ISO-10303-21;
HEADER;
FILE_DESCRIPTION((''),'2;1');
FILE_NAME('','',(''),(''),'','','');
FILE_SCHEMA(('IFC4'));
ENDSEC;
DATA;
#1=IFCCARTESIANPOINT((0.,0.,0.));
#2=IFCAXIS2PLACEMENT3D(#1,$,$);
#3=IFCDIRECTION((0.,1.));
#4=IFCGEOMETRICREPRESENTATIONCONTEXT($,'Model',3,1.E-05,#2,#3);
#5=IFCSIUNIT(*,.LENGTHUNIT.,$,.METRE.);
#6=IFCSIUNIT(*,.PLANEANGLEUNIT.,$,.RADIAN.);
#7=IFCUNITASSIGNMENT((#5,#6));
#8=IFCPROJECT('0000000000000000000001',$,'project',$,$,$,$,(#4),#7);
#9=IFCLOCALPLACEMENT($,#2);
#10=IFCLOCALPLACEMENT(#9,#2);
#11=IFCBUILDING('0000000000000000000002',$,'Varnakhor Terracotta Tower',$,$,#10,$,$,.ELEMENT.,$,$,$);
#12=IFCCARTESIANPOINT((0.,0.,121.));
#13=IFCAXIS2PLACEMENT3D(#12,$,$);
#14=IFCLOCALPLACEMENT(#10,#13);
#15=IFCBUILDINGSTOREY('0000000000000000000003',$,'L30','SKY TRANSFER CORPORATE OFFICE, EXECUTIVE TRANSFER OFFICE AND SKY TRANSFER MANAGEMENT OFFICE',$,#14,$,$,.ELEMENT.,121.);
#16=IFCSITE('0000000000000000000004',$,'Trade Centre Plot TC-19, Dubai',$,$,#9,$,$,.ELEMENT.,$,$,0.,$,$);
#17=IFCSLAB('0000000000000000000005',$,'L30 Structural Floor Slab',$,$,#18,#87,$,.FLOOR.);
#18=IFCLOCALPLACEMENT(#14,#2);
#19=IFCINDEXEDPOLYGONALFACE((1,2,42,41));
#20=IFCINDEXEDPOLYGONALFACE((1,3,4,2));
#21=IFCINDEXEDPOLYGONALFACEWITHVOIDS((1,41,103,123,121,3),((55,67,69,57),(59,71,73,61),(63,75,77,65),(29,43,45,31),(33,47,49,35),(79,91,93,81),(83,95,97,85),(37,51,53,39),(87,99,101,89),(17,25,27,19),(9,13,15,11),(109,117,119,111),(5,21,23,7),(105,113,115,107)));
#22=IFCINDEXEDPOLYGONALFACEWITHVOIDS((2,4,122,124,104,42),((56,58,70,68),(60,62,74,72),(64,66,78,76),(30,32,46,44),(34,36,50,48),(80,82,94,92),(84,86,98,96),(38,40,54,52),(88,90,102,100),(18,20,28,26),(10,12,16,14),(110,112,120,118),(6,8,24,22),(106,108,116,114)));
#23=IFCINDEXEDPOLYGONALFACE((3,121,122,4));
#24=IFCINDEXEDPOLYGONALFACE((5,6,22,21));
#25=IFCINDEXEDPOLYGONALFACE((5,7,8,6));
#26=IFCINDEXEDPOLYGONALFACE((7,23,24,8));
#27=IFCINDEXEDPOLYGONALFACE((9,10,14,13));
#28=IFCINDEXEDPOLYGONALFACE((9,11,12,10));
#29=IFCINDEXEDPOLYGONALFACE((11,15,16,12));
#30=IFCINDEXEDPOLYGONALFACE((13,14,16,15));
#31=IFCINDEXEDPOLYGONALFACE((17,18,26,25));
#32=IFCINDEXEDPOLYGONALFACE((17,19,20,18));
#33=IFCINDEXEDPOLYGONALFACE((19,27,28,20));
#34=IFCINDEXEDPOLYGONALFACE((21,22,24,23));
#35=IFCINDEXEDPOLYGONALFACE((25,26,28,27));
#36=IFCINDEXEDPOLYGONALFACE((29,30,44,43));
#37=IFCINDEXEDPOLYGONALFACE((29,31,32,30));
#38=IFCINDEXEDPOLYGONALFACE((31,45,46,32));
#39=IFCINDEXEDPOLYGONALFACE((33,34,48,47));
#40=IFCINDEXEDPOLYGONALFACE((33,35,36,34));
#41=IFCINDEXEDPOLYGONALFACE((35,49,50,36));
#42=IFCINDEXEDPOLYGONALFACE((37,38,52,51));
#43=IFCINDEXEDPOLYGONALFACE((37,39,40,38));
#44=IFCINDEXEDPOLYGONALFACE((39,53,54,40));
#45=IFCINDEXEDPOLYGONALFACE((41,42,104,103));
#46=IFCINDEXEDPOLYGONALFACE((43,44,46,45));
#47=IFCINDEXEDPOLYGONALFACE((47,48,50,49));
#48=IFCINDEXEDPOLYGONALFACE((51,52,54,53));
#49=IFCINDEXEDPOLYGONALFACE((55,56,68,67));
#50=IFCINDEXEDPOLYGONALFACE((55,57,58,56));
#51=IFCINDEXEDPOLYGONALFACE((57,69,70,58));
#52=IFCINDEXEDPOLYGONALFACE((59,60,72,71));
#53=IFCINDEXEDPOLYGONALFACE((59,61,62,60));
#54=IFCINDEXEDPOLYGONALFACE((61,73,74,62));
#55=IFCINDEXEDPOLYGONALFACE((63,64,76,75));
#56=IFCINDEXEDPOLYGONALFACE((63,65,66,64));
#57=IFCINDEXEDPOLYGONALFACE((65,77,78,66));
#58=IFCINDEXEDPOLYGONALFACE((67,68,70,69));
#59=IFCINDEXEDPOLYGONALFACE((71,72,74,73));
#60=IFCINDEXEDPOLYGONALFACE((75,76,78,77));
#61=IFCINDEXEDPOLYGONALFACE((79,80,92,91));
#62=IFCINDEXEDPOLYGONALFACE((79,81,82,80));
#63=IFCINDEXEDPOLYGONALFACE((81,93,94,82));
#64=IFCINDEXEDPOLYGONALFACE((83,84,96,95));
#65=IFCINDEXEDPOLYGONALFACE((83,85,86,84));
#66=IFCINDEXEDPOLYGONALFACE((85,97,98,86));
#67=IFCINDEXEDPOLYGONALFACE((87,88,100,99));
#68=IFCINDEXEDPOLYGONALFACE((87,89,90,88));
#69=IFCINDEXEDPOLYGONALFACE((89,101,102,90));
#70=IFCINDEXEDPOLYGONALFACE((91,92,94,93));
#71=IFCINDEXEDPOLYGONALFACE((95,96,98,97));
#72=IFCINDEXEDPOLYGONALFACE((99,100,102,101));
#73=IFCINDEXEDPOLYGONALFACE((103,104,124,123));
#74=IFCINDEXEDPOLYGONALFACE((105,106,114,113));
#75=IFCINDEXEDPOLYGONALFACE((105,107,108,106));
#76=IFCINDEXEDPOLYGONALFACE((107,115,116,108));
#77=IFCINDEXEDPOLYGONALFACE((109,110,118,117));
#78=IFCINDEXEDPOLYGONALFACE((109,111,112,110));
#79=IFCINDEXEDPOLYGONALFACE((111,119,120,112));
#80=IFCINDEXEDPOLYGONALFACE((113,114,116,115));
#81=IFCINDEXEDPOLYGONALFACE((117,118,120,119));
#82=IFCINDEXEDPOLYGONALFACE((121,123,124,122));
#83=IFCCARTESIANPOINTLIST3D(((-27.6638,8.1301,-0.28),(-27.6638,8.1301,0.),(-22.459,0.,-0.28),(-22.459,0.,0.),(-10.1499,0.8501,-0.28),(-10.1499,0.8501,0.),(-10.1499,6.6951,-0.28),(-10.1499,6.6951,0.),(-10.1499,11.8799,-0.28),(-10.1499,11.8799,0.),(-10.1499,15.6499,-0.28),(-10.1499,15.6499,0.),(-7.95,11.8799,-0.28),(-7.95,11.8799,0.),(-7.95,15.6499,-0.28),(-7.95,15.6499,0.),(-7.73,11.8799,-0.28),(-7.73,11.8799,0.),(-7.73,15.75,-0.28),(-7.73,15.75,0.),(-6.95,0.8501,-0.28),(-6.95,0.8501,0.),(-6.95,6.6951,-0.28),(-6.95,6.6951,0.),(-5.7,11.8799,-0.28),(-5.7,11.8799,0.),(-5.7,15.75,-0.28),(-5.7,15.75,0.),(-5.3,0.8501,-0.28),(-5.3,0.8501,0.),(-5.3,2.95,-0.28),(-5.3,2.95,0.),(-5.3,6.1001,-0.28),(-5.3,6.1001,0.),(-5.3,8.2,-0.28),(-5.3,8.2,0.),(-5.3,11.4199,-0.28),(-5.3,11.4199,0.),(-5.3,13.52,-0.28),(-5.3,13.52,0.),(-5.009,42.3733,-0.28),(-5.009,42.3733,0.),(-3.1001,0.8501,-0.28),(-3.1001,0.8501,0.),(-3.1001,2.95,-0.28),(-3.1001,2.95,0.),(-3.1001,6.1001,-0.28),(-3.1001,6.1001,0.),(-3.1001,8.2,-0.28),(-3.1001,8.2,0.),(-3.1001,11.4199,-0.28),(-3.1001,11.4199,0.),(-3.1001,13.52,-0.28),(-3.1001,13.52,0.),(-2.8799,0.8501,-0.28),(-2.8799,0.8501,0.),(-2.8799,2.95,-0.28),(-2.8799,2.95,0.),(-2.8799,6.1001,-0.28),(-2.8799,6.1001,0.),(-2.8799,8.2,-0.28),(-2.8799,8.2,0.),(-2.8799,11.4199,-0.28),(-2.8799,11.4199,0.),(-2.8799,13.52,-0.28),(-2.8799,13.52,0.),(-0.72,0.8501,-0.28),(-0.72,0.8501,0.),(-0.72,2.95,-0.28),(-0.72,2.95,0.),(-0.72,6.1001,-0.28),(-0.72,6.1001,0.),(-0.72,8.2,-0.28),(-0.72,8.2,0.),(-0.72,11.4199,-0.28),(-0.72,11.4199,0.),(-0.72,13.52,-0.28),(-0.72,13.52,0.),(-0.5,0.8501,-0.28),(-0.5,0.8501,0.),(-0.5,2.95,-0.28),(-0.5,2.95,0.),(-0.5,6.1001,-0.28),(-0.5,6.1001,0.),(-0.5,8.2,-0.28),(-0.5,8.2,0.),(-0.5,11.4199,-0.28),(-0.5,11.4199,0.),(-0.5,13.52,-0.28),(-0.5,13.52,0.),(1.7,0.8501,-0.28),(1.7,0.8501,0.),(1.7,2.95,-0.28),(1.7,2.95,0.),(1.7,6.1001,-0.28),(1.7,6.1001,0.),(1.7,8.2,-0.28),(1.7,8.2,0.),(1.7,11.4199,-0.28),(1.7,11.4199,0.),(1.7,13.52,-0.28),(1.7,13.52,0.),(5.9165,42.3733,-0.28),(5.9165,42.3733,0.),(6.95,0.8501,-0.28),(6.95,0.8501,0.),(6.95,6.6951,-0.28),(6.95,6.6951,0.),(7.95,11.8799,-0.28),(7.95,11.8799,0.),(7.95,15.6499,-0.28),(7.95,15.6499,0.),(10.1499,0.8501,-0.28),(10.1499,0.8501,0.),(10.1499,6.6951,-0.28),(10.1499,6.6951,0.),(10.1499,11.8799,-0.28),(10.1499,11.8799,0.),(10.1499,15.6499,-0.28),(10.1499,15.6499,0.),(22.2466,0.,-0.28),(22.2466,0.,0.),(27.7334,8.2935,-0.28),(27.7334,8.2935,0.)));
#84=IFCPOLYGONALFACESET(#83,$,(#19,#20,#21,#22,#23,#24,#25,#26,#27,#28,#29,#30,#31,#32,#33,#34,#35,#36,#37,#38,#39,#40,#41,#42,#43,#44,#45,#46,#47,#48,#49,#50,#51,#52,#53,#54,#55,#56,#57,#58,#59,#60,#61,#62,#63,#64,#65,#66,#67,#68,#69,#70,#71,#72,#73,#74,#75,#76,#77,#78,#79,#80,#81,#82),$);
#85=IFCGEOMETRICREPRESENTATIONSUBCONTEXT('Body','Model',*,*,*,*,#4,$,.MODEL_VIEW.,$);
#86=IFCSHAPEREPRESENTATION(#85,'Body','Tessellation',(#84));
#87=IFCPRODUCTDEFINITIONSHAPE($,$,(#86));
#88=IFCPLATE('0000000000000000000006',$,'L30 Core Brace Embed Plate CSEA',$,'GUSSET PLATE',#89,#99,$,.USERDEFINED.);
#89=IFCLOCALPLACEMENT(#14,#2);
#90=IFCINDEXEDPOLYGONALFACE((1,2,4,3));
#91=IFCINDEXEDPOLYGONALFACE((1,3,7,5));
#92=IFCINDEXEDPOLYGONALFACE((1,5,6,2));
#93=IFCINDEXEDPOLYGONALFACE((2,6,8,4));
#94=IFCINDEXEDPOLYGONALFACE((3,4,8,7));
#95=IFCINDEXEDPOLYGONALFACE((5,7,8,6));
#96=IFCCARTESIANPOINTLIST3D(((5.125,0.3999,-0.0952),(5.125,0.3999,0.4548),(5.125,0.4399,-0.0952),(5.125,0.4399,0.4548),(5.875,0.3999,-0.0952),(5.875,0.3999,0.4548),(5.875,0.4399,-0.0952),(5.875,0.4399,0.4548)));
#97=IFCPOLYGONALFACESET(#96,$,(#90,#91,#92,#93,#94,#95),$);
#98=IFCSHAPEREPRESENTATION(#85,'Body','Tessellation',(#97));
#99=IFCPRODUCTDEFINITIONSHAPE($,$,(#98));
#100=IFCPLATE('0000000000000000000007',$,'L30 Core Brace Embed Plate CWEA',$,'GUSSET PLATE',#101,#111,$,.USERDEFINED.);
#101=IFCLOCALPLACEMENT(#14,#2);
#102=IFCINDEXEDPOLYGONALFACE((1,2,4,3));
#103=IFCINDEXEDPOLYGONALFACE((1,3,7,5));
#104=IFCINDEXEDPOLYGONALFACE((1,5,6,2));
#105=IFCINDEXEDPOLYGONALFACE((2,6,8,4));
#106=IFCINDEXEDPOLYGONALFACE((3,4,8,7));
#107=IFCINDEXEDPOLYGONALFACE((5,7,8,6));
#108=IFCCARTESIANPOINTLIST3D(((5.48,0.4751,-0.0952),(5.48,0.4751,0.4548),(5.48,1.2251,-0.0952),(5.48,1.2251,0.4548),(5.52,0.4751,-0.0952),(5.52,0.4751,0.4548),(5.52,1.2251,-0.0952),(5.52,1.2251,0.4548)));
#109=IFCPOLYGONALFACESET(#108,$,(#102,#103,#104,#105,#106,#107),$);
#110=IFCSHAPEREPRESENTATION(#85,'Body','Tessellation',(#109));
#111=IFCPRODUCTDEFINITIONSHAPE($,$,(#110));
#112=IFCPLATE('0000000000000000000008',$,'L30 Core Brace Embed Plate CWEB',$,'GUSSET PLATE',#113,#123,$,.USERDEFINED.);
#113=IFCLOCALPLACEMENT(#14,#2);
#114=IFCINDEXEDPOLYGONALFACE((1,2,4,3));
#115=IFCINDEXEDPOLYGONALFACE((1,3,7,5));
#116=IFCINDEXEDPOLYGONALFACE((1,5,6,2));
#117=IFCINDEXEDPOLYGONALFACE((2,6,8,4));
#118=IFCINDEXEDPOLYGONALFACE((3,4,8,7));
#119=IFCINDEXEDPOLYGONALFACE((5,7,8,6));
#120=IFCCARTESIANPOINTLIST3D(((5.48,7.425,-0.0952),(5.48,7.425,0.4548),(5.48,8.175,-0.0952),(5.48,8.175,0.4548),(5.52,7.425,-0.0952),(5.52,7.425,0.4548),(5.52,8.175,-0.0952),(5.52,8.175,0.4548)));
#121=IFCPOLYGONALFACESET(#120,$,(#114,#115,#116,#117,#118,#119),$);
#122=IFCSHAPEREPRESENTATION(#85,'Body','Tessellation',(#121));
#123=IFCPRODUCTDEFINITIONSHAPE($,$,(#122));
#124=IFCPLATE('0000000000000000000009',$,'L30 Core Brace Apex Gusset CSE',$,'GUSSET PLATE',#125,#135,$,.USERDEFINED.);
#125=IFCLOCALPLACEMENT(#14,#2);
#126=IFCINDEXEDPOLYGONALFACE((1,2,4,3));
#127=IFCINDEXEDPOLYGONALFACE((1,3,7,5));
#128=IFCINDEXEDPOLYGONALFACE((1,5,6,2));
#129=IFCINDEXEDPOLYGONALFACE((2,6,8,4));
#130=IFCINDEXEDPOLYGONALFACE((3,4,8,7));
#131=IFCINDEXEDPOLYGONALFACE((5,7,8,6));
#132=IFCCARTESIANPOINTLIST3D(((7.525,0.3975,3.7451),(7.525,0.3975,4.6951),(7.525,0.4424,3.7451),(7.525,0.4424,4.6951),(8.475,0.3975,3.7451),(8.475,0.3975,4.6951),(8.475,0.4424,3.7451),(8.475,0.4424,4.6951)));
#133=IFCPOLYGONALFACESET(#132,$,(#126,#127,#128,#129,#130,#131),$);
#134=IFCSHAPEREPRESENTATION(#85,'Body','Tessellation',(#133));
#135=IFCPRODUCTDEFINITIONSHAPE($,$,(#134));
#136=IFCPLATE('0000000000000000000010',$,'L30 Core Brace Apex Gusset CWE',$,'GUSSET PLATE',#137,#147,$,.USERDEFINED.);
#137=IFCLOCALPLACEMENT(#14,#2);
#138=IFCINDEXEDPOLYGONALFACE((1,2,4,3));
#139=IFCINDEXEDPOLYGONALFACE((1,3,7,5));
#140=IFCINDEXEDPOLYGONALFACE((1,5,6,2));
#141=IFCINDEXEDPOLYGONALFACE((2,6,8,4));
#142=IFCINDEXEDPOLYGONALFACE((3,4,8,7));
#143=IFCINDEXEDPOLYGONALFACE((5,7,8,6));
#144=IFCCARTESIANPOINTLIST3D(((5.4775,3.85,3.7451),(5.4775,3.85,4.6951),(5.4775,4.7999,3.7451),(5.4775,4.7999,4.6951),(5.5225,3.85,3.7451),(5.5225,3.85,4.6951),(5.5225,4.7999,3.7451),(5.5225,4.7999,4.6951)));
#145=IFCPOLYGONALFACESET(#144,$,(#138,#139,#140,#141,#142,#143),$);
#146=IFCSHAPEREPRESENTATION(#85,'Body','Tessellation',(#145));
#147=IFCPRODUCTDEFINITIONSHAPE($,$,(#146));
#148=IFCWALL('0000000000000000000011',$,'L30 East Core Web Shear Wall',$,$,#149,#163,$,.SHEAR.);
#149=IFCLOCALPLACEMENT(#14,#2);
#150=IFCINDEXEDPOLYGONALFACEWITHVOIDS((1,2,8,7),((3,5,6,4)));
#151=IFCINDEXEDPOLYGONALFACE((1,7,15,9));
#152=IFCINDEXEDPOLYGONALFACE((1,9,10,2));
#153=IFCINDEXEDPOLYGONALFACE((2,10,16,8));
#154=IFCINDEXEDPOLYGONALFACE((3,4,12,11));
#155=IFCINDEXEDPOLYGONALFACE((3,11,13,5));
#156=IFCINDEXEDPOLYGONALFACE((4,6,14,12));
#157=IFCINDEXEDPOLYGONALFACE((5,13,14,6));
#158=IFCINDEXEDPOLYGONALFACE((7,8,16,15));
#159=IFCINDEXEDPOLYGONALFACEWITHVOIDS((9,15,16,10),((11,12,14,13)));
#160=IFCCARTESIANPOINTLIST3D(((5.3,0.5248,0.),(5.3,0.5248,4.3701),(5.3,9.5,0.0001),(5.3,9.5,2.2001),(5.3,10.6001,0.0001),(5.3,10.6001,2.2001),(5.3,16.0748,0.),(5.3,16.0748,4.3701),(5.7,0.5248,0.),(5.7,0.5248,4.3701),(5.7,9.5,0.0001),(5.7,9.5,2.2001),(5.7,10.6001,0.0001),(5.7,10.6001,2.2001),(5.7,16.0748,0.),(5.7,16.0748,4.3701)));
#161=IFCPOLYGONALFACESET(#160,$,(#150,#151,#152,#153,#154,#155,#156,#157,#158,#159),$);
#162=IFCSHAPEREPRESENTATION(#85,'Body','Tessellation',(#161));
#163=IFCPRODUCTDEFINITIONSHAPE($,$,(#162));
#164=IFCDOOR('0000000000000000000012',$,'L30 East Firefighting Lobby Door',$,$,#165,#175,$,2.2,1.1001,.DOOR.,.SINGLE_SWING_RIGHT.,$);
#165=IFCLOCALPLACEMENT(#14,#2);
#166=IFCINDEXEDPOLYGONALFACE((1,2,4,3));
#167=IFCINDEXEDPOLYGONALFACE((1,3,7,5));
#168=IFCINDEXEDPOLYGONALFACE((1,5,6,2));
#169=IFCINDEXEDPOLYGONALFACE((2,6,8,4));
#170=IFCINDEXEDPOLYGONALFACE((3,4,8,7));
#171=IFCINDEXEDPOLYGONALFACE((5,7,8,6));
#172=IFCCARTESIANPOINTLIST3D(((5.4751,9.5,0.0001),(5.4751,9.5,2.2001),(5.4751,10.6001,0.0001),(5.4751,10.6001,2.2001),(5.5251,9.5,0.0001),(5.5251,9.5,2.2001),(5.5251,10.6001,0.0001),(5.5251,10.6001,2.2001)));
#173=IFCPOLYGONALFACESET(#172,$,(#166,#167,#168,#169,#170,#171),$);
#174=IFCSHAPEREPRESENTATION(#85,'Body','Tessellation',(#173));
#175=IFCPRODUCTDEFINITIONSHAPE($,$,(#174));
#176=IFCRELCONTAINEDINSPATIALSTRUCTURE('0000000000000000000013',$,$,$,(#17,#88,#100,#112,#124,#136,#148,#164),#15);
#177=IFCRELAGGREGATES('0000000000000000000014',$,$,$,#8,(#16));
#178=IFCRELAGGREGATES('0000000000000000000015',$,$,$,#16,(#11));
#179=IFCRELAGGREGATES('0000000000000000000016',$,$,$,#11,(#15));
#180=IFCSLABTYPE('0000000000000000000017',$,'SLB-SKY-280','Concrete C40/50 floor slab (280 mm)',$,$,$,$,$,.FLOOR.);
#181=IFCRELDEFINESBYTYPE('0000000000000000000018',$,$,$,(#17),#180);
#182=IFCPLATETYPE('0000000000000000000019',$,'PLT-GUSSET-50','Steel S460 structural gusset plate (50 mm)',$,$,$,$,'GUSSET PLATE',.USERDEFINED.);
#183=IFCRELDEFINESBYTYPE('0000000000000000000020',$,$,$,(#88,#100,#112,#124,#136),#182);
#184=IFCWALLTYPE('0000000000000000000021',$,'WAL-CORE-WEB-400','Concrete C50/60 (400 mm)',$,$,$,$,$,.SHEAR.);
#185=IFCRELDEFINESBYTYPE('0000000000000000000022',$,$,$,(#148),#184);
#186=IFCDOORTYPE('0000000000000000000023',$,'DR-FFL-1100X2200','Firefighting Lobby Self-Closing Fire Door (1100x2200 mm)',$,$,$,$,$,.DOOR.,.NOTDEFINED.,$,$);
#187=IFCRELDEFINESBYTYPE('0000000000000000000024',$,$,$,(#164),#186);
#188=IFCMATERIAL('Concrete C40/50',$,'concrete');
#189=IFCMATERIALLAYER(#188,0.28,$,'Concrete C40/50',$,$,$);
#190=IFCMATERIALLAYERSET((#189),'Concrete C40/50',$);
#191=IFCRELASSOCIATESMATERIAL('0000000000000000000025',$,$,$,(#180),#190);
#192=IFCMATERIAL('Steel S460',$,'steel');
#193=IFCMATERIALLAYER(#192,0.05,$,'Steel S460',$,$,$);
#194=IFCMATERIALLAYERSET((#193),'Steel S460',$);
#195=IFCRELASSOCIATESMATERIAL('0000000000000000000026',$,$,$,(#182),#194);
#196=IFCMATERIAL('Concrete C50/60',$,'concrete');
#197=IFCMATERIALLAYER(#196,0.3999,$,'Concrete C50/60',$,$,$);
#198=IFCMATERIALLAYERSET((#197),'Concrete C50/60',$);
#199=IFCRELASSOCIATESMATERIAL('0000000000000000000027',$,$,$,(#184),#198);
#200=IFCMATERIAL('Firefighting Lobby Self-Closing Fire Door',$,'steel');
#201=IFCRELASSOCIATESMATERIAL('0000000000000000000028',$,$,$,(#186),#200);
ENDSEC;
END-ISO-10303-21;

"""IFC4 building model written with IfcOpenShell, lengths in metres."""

from ifc_helpers import new_model, si_unit, direction, frame, frame_2d, origin, origin_2d, place, context, subcontext, project, spatial, polyline, rectangle, outline, extrude, source, transform, mapped, material, layer, layer_set, type_object, type_shapes, element, fill, save


model = new_model("IFC4")

# Units and contexts
model_context = context("Model", 3, precision=1e-05, world=origin(), true_north=direction((0.0, 1.0)))
body_context = subcontext(model_context, "Body", "Model", "MODEL_VIEW")
ifc_project = project(units=[si_unit("LENGTHUNIT", "METRE"), si_unit("PLANEANGLEUNIT", "RADIAN")], contexts=[model_context])

# Site, building, storey
site_placement = place(None, origin())
site = spatial("IfcSite", under=ifc_project, at=site_placement, Name="Trade Centre Plot TC-19, Dubai", CompositionType="ELEMENT", RefElevation=0.0)
building_placement = place(site_placement, origin())
building = spatial("IfcBuilding", under=site, at=building_placement, Name="Varnakhor Terracotta Tower", CompositionType="ELEMENT")
storey_placement = place(building_placement, frame((0.0, 0.0, 121.0)))
storey = spatial("IfcBuildingStorey", under=building, at=storey_placement, Name="L30", Description="SKY TRANSFER CORPORATE OFFICE, EXECUTIVE TRANSFER OFFICE AND SKY TRANSFER MANAGEMENT OFFICE", CompositionType="ELEMENT", Elevation=121.0)

# Shared definitions
ifc_material_1 = material(Name="Concrete C50/60", Category="concrete")

# Shared definitions
ifc_material_2 = material(Name="Steel S460", Category="steel")

# Shared definitions
ifc_material_3 = material(Name="Concrete C40/50", Category="concrete")

# Slab
ifc_layer_1 = layer(ifc_material_3, 0.28, Name="Concrete C40/50")
ifc_layer_set_1 = layer_set([ifc_layer_1], Name="Concrete C40/50")
slab_type_1 = type_object("IfcSlabType", Name="SLB-SKY-280", Description="Concrete C40/50 floor slab (280 mm)", PredefinedType="FLOOR", material=ifc_layer_set_1)
slab_1_placement = place(storey_placement, frame((0.0, 0.0, -0.28)))
element("IfcSlab", 1, at=slab_1_placement, inside=storey, type_object=slab_type_1, Name="L30 Structural Floor Slab", PredefinedType="FLOOR", context=body_context, shape_type="SweptSolid", body=[
    extrude(outline(polyline([(-27.6638, 8.1301), (-5.009, 42.3733), (5.9165, 42.3733), (27.7334, 8.2935), (22.2466, 0.0), (-22.459, 0.0), (-27.6638, 8.1301)]), holes=[polyline([(-3.1001, 0.8501), (-3.1001, 2.95), (-5.3, 2.95), (-5.3, 0.8501), (-3.1001, 0.8501)]), polyline([(-2.8799, 0.8501), (-0.72, 0.8501), (-0.72, 2.95), (-2.8799, 2.95), (-2.8799, 0.8501)]), polyline([(-10.1499, 0.8501), (-6.95, 0.8501), (-6.95, 6.6951), (-10.1499, 6.6951), (-10.1499, 0.8501)]), polyline([(-5.3, 6.1001), (-3.1001, 6.1001), (-3.1001, 8.2), (-5.3, 8.2), (-5.3, 6.1001)]), polyline([(-5.3, 11.4199), (-3.1001, 11.4199), (-3.1001, 13.52), (-5.3, 13.52), (-5.3, 11.4199)]), polyline([(-10.1499, 11.8799), (-7.95, 11.8799), (-7.95, 15.6499), (-10.1499, 15.6499), (-10.1499, 11.8799)]), polyline([(-7.73, 11.8799), (-5.7, 11.8799), (-5.7, 15.75), (-7.73, 15.75), (-7.73, 11.8799)]), polyline([(1.7, 0.8501), (1.7, 2.95), (-0.5, 2.95), (-0.5, 0.8501), (1.7, 0.8501)]), polyline([(6.95, 0.8501), (10.1499, 0.8501), (10.1499, 6.6951), (6.95, 6.6951), (6.95, 0.8501)]), polyline([(-2.8799, 6.1001), (-0.72, 6.1001), (-0.72, 8.2), (-2.8799, 8.2), (-2.8799, 6.1001)]), polyline([(-0.5, 6.1001), (1.7, 6.1001), (1.7, 8.2), (-0.5, 8.2), (-0.5, 6.1001)]), polyline([(-2.8799, 11.4199), (-0.72, 11.4199), (-0.72, 13.52), (-2.8799, 13.52), (-2.8799, 11.4199)]), polyline([(-0.5, 11.4199), (1.7, 11.4199), (1.7, 13.52), (-0.5, 13.52), (-0.5, 11.4199)]), polyline([(7.95, 11.8799), (10.1499, 11.8799), (10.1499, 15.6499), (7.95, 15.6499), (7.95, 11.8799)])]), origin(), (0.0, 0.0, 1.0), 0.28),
])

# Plates
ifc_layer_2 = layer(ifc_material_2, 0.05, Name="Steel S460")
ifc_layer_set_2 = layer_set([ifc_layer_2], Name="Steel S460")
plate_type = type_object("IfcPlateType", Name="PLT-GUSSET-50", Description="Steel S460 structural gusset plate (50 mm)", ElementType="GUSSET PLATE", PredefinedType="USERDEFINED", material=ifc_layer_set_2)
shared_shape_1 = source(origin(), body_context, "Body", "SweptSolid", [
    extrude(rectangle(XDim=0.75, YDim=0.04, at=origin_2d()), origin(), (0.0, 0.0, 1.0), 0.55),
])
type_shapes(plate_type, [shared_shape_1])
for number, where, z_axis, x_axis, name in (
    (2, (5.5, 0.4199, -0.0952), (0.0, 0.0, 1.0), (1.0, 0.0, 0.0), "L30 Core Brace Embed Plate CSEA"),
    (3, (5.5, 0.8501, -0.0952), (0.0, 0.0, 1.0), (0.0, 1.0, 0.0), "L30 Core Brace Embed Plate CWEA"),
    (4, (5.5, 7.8, -0.0952), (0.0, 0.0, 1.0), (0.0, 1.0, 0.0), "L30 Core Brace Embed Plate CWEB"),
):
    element("IfcPlate", number, at=place(storey_placement, frame(where, z_axis=z_axis, x_axis=x_axis)), inside=storey, type_object=plate_type, Name=name, ObjectType="GUSSET PLATE", PredefinedType="USERDEFINED", context=body_context, shape_type="MappedRepresentation", body=[
        mapped(shared_shape_1, transform((0.0, 0.0, 0.0), scale=1.0)),
    ])
shared_shape_2 = source(origin(), body_context, "Body", "SweptSolid", [
    extrude(rectangle(XDim=0.95, YDim=0.0449, at=origin_2d()), origin(), (0.0, 0.0, 1.0), 0.95),
])
for number, where, z_axis, x_axis, name in (
    (5, (8.0, 0.4199, 3.7451), (0.0, 0.0, 1.0), (1.0, 0.0, 0.0), "L30 Core Brace Apex Gusset CSE"),
    (6, (5.5, 4.325, 3.7451), (0.0, 0.0, 1.0), (0.0, 1.0, 0.0), "L30 Core Brace Apex Gusset CWE"),
):
    element("IfcPlate", number, at=place(storey_placement, frame(where, z_axis=z_axis, x_axis=x_axis)), inside=storey, type_object=plate_type, Name=name, ObjectType="GUSSET PLATE", PredefinedType="USERDEFINED", context=body_context, shape_type="MappedRepresentation", body=[
        mapped(shared_shape_2, transform((0.0, 0.0, 0.0), scale=1.0)),
    ])

# Wall, opening, door
ifc_layer_3 = layer(ifc_material_1, 0.3999, Name="Concrete C50/60")
ifc_layer_set_3 = layer_set([ifc_layer_3], Name="Concrete C50/60")
wall_type_1 = type_object("IfcWallType", Name="WAL-CORE-WEB-400", Description="Concrete C50/60 (400 mm)", PredefinedType="SHEAR", material=ifc_layer_set_3)
wall_1_placement = place(storey_placement, frame((5.5, 0.5249, 0.0), z_axis=(0.0, 0.0, 1.0), x_axis=(0.0, 1.0, 0.0)))
wall_1 = element("IfcWall", 7, at=wall_1_placement, inside=storey, type_object=wall_type_1, Name="L30 East Core Web Shear Wall", PredefinedType="SHEAR", context=body_context, shape_type="SweptSolid", body=[
    extrude(rectangle(XDim=15.55, YDim=0.3999, at=frame_2d((7.7749, 0.0))), origin(), (0.0, 0.0, 1.0), 4.3701),
])
opening_1_placement = place(wall_1_placement, frame((8.9751, 0.0, 0.0)))
opening_1 = element("IfcOpeningElement", 8, at=opening_1_placement, cuts=wall_1, PredefinedType="OPENING", context=body_context, shape_type="SweptSolid", body=[
    extrude(rectangle(XDim=1.1001, YDim=2.2, at=frame_2d((0.55, 1.1001))), frame((0.0, 0.21, 0.0), z_axis=(0.0, -1.0, 0.0), x_axis=(1.0, 0.0, 0.0)), (0.0, 0.0, 1.0), 0.4199),
])
ifc_material_4 = material(Name="Firefighting Lobby Self-Closing Fire Door", Category="steel")
door_type_1 = type_object("IfcDoorType", Name="DR-FFL-1100X2200", Description="Firefighting Lobby Self-Closing Fire Door (1100x2200 mm)", OperationType="NOTDEFINED", PredefinedType="DOOR", material=ifc_material_4)
shared_shape_3 = source(origin(), body_context, "Body", "SweptSolid", [
    extrude(rectangle(XDim=1.1001, YDim=2.2, at=frame_2d((0.55, 1.1001))), frame((0.0, 0.0249, 0.0), z_axis=(0.0, -1.0, 0.0), x_axis=(1.0, 0.0, 0.0)), (0.0, 0.0, 1.0), 0.05),
])
type_shapes(door_type_1, [shared_shape_3])
door_1_placement = place(opening_1_placement, origin())
door_1 = element("IfcDoor", 9, at=door_1_placement, inside=storey, type_object=door_type_1, Name="L30 East Firefighting Lobby Door", OperationType="SINGLE_SWING_RIGHT", OverallHeight=2.2, OverallWidth=1.1001, PredefinedType="DOOR", context=body_context, shape_type="MappedRepresentation", body=[
    mapped(shared_shape_3, transform((0.0, 0.0, 0.0), scale=1.0)),
])
fill(opening_1, door_1)

save(model, "model.ifc")
